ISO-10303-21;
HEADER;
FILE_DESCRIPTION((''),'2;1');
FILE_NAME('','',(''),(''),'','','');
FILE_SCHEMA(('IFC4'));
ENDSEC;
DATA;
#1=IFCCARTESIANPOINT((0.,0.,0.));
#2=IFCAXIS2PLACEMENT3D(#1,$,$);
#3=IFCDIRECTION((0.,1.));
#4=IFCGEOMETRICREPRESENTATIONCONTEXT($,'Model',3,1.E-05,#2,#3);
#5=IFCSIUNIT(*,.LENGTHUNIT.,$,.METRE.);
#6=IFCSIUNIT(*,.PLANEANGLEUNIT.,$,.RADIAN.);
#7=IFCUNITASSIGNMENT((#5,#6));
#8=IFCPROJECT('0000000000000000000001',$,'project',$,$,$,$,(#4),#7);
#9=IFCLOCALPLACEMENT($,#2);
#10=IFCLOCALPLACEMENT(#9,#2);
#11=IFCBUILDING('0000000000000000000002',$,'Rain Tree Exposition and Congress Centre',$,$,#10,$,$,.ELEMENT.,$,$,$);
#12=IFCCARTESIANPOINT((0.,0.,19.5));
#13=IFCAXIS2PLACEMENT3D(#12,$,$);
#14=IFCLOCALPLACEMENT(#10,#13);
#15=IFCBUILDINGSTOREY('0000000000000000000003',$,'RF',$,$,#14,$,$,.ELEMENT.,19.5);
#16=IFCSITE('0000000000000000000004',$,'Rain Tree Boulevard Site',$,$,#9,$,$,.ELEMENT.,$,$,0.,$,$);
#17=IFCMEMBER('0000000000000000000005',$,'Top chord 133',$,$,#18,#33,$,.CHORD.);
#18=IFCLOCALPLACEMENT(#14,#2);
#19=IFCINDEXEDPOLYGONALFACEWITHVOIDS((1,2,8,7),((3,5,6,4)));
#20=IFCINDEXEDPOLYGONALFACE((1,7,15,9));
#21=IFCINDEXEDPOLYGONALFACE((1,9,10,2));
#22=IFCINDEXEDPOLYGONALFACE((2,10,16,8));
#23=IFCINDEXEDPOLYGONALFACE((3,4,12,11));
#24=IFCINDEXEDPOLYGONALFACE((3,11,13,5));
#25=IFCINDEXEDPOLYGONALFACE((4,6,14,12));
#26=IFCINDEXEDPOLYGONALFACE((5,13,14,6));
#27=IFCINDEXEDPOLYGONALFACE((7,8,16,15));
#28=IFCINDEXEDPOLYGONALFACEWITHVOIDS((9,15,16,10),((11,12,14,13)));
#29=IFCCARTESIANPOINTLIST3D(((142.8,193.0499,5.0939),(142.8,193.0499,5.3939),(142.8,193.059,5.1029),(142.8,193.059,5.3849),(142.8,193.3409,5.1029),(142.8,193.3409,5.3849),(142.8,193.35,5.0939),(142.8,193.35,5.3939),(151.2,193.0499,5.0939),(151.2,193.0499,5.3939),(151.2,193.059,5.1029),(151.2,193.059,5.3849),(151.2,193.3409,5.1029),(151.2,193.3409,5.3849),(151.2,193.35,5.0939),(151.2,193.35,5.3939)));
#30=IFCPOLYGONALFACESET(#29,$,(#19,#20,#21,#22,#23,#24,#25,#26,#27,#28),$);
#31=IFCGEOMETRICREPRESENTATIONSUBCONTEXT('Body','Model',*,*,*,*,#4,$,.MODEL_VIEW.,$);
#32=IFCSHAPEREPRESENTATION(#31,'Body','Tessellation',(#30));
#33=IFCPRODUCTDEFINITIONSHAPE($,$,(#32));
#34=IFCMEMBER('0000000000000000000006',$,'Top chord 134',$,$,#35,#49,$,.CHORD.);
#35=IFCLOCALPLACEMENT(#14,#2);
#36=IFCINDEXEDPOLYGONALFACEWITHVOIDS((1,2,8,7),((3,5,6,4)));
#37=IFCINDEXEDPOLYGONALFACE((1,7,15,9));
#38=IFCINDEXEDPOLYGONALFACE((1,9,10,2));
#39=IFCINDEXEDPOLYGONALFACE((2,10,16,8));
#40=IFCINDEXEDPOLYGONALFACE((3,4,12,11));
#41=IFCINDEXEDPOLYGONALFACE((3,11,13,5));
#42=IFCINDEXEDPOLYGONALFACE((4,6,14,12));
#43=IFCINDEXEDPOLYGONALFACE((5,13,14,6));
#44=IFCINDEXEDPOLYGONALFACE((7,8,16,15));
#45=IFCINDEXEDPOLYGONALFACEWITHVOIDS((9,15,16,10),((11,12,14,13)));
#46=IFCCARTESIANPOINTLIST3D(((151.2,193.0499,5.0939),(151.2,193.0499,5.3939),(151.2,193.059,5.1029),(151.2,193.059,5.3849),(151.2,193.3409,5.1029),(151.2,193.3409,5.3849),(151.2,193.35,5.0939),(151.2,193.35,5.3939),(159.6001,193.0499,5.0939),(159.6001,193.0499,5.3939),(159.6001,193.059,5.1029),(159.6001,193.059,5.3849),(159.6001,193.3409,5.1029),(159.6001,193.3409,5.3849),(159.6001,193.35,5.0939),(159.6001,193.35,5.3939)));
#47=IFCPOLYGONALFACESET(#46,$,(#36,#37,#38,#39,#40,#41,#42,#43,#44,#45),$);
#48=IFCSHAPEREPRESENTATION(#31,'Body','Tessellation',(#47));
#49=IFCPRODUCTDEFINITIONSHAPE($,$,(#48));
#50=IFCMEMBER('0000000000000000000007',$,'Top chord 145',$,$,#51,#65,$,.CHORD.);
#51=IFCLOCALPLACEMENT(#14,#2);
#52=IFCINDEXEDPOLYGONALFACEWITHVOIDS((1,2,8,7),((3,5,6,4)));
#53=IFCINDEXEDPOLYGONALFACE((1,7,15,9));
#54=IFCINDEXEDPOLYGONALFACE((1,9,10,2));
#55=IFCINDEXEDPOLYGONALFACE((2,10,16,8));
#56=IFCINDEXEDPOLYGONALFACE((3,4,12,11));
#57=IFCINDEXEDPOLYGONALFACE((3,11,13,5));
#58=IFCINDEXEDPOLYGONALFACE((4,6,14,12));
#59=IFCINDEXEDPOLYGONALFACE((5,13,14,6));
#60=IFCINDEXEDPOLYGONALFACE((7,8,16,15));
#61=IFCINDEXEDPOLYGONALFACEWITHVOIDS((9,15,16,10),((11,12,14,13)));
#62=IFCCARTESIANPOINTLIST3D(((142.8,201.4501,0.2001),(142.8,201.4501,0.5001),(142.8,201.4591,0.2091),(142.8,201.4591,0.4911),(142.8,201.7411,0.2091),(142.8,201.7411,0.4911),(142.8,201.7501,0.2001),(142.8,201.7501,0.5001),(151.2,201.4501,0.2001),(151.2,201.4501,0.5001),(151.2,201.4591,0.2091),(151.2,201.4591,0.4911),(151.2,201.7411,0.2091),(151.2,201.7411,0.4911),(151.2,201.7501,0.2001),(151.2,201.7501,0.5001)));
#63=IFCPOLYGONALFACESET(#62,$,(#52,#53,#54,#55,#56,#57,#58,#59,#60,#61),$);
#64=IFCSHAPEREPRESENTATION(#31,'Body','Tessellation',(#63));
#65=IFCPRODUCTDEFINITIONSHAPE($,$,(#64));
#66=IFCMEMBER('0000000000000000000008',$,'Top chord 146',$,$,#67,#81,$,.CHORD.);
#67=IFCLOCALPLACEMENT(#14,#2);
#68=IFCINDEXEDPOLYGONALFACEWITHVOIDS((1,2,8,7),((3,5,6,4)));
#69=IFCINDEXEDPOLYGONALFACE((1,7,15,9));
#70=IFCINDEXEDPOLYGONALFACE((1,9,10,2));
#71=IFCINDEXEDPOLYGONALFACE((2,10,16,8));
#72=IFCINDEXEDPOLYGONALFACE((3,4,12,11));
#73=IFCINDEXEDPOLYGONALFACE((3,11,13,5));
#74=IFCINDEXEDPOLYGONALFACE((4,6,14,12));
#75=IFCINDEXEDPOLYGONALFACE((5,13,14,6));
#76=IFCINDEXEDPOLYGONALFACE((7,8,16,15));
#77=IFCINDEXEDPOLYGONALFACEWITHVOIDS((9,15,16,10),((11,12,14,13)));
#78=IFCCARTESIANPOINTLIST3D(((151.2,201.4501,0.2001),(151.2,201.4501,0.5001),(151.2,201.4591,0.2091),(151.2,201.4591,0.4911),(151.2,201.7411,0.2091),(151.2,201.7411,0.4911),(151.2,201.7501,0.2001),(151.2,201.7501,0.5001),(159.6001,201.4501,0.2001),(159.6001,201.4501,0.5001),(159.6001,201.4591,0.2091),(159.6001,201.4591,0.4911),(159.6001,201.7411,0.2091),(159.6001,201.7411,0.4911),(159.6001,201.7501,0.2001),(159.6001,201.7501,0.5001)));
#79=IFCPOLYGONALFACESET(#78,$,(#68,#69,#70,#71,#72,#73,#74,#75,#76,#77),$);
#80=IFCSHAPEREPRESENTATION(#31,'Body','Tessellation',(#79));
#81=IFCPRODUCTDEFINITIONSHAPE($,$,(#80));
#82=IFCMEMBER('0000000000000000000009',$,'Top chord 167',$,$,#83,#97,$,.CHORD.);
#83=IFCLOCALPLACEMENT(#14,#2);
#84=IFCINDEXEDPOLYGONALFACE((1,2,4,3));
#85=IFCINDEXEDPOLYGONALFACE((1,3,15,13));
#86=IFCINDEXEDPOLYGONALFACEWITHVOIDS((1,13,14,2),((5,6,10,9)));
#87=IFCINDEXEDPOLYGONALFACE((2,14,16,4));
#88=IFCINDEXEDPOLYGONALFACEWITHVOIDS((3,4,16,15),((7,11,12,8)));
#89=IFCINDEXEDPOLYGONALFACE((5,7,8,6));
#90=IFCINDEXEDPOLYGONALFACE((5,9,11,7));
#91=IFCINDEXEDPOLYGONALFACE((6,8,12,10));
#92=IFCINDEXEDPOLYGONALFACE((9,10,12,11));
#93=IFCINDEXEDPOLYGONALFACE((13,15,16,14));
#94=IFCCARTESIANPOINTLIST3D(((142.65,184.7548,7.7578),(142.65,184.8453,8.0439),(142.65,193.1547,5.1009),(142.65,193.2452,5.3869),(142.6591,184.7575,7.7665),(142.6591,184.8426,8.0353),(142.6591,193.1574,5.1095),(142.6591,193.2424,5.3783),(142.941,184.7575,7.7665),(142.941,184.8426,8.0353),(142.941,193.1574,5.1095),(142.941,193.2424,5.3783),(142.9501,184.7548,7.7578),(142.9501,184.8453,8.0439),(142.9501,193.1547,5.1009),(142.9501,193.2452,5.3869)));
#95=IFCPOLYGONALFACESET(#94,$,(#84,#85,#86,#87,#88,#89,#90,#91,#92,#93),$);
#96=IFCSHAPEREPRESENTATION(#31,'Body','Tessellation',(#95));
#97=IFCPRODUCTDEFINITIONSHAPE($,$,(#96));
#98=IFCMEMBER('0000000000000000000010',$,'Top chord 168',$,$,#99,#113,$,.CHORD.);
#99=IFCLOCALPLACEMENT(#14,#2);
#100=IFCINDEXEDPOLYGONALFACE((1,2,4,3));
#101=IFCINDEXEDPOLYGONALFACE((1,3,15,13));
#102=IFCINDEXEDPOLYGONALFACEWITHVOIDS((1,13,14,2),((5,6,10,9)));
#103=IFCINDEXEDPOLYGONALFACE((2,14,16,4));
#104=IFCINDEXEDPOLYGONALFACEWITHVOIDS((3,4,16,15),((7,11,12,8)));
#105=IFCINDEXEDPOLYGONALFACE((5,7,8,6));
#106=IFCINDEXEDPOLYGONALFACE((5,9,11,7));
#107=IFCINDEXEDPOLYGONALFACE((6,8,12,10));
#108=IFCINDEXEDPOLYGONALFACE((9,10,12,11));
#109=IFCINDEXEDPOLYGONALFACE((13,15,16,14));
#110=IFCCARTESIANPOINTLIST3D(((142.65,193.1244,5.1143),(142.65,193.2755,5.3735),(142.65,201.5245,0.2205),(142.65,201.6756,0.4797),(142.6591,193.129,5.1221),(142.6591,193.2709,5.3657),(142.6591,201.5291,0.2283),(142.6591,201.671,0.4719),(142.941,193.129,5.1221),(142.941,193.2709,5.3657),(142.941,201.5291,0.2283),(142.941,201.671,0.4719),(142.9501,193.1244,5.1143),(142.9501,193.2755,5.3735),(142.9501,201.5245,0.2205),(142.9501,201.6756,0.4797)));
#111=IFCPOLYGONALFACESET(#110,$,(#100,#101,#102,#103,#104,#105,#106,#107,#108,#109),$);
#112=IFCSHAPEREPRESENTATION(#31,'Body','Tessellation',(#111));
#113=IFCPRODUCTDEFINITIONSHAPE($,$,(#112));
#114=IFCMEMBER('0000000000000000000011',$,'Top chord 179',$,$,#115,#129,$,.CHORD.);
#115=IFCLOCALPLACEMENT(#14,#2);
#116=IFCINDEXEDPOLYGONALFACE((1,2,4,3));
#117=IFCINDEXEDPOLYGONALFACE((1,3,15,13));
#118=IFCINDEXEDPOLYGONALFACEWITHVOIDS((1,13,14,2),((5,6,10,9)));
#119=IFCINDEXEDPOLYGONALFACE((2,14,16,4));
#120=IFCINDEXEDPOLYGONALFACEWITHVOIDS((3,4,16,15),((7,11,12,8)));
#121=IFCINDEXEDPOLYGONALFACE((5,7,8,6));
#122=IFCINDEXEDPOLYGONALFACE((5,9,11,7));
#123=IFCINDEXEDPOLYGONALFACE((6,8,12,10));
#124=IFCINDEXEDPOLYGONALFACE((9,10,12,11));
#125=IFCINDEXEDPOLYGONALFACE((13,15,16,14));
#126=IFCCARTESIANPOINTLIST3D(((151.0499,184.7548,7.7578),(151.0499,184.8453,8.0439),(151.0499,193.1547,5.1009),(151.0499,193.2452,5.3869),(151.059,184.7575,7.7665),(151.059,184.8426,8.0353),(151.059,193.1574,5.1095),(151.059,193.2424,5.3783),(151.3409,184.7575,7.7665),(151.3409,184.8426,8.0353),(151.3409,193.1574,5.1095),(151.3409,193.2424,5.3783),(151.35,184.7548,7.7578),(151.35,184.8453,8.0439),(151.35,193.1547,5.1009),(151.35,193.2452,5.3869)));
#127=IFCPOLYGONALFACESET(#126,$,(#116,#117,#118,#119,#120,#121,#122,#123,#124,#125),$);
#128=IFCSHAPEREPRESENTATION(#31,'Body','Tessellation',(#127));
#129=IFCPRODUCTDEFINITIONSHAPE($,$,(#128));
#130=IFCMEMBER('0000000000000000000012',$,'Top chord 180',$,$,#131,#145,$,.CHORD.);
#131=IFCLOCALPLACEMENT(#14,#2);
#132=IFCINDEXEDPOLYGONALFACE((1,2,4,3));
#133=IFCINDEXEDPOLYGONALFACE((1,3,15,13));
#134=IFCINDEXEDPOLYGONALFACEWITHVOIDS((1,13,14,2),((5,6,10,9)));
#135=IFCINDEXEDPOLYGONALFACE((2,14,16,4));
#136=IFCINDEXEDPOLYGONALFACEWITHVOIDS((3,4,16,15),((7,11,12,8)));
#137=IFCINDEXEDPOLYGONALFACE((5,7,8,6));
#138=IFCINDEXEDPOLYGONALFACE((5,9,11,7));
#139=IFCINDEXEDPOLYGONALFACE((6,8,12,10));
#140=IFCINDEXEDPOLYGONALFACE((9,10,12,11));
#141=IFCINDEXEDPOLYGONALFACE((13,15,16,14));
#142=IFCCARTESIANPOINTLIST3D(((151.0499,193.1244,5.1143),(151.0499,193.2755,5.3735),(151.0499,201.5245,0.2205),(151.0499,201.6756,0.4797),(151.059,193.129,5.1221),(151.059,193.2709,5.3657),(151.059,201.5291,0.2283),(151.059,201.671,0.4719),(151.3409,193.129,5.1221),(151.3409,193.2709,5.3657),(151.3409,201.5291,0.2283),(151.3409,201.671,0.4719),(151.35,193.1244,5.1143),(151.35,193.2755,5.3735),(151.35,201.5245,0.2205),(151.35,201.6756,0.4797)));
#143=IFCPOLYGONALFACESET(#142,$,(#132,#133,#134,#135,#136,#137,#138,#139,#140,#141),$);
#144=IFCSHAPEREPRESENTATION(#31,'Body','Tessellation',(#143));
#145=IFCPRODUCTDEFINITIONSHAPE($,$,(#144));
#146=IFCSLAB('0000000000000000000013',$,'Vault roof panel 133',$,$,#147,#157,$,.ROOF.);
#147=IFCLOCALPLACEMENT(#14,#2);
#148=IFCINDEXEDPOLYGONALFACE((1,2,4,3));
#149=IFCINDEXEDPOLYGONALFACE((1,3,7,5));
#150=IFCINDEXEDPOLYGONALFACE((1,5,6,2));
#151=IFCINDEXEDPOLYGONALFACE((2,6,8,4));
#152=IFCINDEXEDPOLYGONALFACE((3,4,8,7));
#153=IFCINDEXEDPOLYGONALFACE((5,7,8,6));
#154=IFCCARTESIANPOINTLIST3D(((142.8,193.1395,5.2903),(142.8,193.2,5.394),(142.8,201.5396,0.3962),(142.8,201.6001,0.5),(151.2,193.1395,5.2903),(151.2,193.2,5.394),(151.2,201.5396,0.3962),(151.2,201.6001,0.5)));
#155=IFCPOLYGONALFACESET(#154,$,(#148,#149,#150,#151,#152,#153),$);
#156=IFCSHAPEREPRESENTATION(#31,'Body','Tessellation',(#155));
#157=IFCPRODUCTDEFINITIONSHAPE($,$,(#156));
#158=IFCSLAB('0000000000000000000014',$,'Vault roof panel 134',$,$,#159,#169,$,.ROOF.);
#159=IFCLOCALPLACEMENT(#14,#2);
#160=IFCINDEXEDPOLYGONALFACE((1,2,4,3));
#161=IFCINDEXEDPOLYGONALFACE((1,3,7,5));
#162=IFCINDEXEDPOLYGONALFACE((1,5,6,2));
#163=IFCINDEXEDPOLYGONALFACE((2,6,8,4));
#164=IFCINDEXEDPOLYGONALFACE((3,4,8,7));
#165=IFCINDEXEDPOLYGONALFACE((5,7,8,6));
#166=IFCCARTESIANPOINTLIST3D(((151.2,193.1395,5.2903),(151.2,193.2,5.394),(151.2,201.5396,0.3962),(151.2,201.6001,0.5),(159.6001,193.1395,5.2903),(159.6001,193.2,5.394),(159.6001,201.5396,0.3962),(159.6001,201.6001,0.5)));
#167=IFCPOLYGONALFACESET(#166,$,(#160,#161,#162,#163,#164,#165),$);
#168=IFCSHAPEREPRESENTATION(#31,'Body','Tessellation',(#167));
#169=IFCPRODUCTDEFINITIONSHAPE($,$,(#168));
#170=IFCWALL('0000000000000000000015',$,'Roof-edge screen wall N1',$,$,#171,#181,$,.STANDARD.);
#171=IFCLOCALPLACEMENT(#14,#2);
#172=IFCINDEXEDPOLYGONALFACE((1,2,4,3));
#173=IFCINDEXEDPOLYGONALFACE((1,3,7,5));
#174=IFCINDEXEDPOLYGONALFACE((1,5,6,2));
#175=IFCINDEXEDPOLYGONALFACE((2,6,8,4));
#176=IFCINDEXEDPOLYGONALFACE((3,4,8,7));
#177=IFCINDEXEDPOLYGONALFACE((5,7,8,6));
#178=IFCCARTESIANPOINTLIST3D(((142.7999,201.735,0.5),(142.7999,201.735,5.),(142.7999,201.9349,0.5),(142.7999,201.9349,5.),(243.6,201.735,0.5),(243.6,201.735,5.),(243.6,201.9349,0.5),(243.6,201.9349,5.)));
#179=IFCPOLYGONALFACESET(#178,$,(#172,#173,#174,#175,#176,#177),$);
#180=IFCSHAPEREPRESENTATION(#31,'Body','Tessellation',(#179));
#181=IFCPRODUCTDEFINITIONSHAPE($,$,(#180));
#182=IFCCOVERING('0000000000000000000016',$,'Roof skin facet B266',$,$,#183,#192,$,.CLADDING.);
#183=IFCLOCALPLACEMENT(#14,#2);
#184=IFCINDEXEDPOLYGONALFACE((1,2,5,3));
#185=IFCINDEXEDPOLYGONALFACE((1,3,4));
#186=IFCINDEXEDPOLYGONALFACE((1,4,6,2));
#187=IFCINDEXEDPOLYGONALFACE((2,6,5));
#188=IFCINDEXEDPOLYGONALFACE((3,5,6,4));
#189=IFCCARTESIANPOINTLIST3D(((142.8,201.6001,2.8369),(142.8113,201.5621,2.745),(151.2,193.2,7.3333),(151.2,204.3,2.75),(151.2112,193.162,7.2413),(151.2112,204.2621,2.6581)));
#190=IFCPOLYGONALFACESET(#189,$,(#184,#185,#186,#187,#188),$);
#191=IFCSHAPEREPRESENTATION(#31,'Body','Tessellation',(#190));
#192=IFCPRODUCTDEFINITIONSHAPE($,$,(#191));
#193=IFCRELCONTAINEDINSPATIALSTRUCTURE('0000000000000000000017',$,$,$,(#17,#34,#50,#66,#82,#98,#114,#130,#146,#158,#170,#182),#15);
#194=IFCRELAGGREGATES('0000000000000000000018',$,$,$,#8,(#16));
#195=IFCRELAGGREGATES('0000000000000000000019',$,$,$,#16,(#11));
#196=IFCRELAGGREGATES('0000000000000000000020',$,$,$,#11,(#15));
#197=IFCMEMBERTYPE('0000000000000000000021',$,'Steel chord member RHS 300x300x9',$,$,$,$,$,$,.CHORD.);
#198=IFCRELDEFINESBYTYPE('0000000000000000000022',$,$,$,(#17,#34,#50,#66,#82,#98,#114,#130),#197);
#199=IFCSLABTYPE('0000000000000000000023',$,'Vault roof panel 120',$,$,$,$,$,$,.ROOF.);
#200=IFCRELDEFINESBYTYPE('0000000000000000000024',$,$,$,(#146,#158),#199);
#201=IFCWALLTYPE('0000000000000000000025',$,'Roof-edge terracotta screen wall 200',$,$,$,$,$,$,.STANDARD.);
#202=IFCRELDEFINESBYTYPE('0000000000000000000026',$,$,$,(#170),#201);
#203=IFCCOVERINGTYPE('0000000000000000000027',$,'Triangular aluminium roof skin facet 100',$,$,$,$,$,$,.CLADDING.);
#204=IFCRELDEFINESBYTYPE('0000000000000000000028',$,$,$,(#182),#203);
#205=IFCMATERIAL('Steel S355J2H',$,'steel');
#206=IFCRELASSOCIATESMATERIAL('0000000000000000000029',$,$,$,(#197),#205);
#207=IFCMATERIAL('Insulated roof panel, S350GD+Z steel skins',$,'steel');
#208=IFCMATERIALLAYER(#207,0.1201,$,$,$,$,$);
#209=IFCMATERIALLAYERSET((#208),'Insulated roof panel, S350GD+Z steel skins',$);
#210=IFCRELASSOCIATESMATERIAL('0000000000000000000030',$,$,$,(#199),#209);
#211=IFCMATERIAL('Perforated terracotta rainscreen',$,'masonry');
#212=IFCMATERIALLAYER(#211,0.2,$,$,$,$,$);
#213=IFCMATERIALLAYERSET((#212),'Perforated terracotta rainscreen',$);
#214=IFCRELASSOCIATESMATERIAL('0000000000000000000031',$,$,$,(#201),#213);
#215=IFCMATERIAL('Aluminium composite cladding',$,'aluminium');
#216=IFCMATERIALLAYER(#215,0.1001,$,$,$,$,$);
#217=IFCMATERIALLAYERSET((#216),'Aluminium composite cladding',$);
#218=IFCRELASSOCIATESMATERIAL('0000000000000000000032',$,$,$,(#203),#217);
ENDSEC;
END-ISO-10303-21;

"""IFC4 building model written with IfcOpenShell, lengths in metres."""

from ifc_helpers import new_model, si_unit, direction, frame, frame_2d, origin, origin_2d, place, context, subcontext, project, spatial, polyline, rectangle, hollow_rectangle, outline, extrude, material, layer, layer_set, material_profile, profile_set, type_object, element, save


model = new_model("IFC4")

# Units and contexts
model_context = context("Model", 3, precision=1e-05, world=origin(), true_north=direction((0.0, 1.0)))
body_context = subcontext(model_context, "Body", "Model", "MODEL_VIEW")
ifc_project = project(units=[si_unit("LENGTHUNIT", "METRE"), si_unit("PLANEANGLEUNIT", "RADIAN")], contexts=[model_context])

# Site, building, storey
site_placement = place(None, origin())
site = spatial("IfcSite", under=ifc_project, at=site_placement, Name="Rain Tree Boulevard Site", CompositionType="ELEMENT", RefElevation=0.0)
building_placement = place(site_placement, origin())
building = spatial("IfcBuilding", under=site, at=building_placement, Name="Rain Tree Exposition and Congress Centre", CompositionType="ELEMENT")
storey_placement = place(building_placement, frame((0.0, 0.0, 19.5)))
storey = spatial("IfcBuildingStorey", under=building, at=storey_placement, Name="RF", CompositionType="ELEMENT", Elevation=19.5)

# Members
ifc_material_1 = material(Name="Steel S355J2H", Category="steel")
ifc_material_profile_1 = material_profile(ifc_material_1, hollow_rectangle(XDim=0.3, YDim=0.3, WallThickness=0.009, at=origin_2d()), Name="RHS 300x300x9")
ifc_profile_set_1 = profile_set([ifc_material_profile_1], Name="Steel S355J2H")
member_type_1 = type_object("IfcMemberType", Name="Steel chord member RHS 300x300x9", PredefinedType="CHORD", material=ifc_profile_set_1)
member_1_placement = place(storey_placement, frame((142.8, 193.2, 5.2439), z_axis=(1.0, 0.0, 0.0), x_axis=(0.0, 1.0, 0.0)))
element("IfcMember", 1, at=member_1_placement, inside=storey, type_object=member_type_1, Name="Top chord 133", PredefinedType="CHORD", context=body_context, shape_type="SweptSolid", body=[
    extrude(hollow_rectangle(XDim=0.3, YDim=0.3, WallThickness=0.009, at=origin_2d()), origin(), (0.0, 0.0, 1.0), 8.3999),
])
member_2_placement = place(storey_placement, frame((151.2, 193.2, 5.2439), z_axis=(1.0, 0.0, 0.0), x_axis=(0.0, 1.0, 0.0)))
element("IfcMember", 2, at=member_2_placement, inside=storey, type_object=member_type_1, Name="Top chord 134", PredefinedType="CHORD", context=body_context, shape_type="SweptSolid", body=[
    extrude(hollow_rectangle(XDim=0.3, YDim=0.3, WallThickness=0.009, at=origin_2d()), origin(), (0.0, 0.0, 1.0), 8.4001),
])
member_3_placement = place(storey_placement, frame((142.8, 201.6001, 0.3501), z_axis=(1.0, 0.0, 0.0), x_axis=(0.0, 1.0, 0.0)))
element("IfcMember", 3, at=member_3_placement, inside=storey, type_object=member_type_1, Name="Top chord 145", PredefinedType="CHORD", context=body_context, shape_type="SweptSolid", body=[
    extrude(hollow_rectangle(XDim=0.3, YDim=0.3, WallThickness=0.009, at=origin_2d()), origin(), (0.0, 0.0, 1.0), 8.3999),
])
member_4_placement = place(storey_placement, frame((151.2, 201.6001, 0.3501), z_axis=(1.0, 0.0, 0.0), x_axis=(0.0, 1.0, 0.0)))
element("IfcMember", 4, at=member_4_placement, inside=storey, type_object=member_type_1, Name="Top chord 146", PredefinedType="CHORD", context=body_context, shape_type="SweptSolid", body=[
    extrude(hollow_rectangle(XDim=0.3, YDim=0.3, WallThickness=0.009, at=origin_2d()), origin(), (0.0, 0.0, 1.0), 8.4001),
])
member_5_placement = place(storey_placement, frame((142.8, 184.8, 7.9009), z_axis=(0.0, 0.95344, -0.301584), x_axis=(-1.0, 0.0, 0.0)))
element("IfcMember", 5, at=member_5_placement, inside=storey, type_object=member_type_1, Name="Top chord 167", PredefinedType="CHORD", context=body_context, shape_type="SweptSolid", body=[
    extrude(hollow_rectangle(XDim=0.3, YDim=0.3, WallThickness=0.009, at=origin_2d()), origin(), (0.0, 0.0, 1.0), 8.8101),
])
member_6_placement = place(storey_placement, frame((142.8, 193.2, 5.2439), z_axis=(0.0, 0.86406, -0.503388), x_axis=(-1.0, 0.0, 0.0)))
element("IfcMember", 6, at=member_6_placement, inside=storey, type_object=member_type_1, Name="Top chord 168", PredefinedType="CHORD", context=body_context, shape_type="SweptSolid", body=[
    extrude(hollow_rectangle(XDim=0.3, YDim=0.3, WallThickness=0.009, at=origin_2d()), origin(), (0.0, 0.0, 1.0), 9.7217),
])
member_7_placement = place(storey_placement, frame((151.2, 184.8, 7.9009), z_axis=(0.0, 0.95344, -0.301584), x_axis=(-1.0, 0.0, 0.0)))
element("IfcMember", 7, at=member_7_placement, inside=storey, type_object=member_type_1, Name="Top chord 179", PredefinedType="CHORD", context=body_context, shape_type="SweptSolid", body=[
    extrude(hollow_rectangle(XDim=0.3, YDim=0.3, WallThickness=0.009, at=origin_2d()), origin(), (0.0, 0.0, 1.0), 8.8101),
])
member_8_placement = place(storey_placement, frame((151.2, 193.2, 5.2439), z_axis=(0.0, 0.86406, -0.503388), x_axis=(-1.0, 0.0, 0.0)))
element("IfcMember", 8, at=member_8_placement, inside=storey, type_object=member_type_1, Name="Top chord 180", PredefinedType="CHORD", context=body_context, shape_type="SweptSolid", body=[
    extrude(hollow_rectangle(XDim=0.3, YDim=0.3, WallThickness=0.009, at=origin_2d()), origin(), (0.0, 0.0, 1.0), 9.7217),
])

# Slabs
ifc_material_2 = material(Name="Insulated roof panel, S350GD+Z steel skins", Category="steel")
ifc_layer_1 = layer(ifc_material_2, 0.1201)
ifc_layer_set_1 = layer_set([ifc_layer_1], Name="Insulated roof panel, S350GD+Z steel skins")
slab_type = type_object("IfcSlabType", Name="Vault roof panel 120", PredefinedType="ROOF", material=ifc_layer_set_1)
slab_1_placement = place(storey_placement, frame((142.8, 193.2, 5.394), z_axis=(0.0, 0.503407, 0.864049), x_axis=(1.0, 0.0, 0.0)))
element("IfcSlab", 9, at=slab_1_placement, inside=storey, type_object=slab_type, Name="Vault roof panel 133", PredefinedType="ROOF", context=body_context, shape_type="SweptSolid", body=[
    extrude(outline(polyline([(0.0, 0.0), (8.3999, 0.0), (8.3999, 9.7218), (0.0, 9.7218), (0.0, 0.0)])), origin(), (0.0, 0.0, -1.0), 0.1201),
])
slab_2_placement = place(storey_placement, frame((151.2, 193.2, 5.394), z_axis=(0.0, 0.503407, 0.864049), x_axis=(1.0, 0.0, 0.0)))
element("IfcSlab", 10, at=slab_2_placement, inside=storey, type_object=slab_type, Name="Vault roof panel 134", PredefinedType="ROOF", context=body_context, shape_type="SweptSolid", body=[
    extrude(outline(polyline([(0.0, 0.0), (8.4001, 0.0), (8.4001, 9.7218), (0.0, 9.7218), (0.0, 0.0)])), origin(), (0.0, 0.0, -1.0), 0.1201),
])

# Wall
ifc_material_3 = material(Name="Perforated terracotta rainscreen", Category="masonry")
ifc_layer_2 = layer(ifc_material_3, 0.2)
ifc_layer_set_2 = layer_set([ifc_layer_2], Name="Perforated terracotta rainscreen")
wall_type = type_object("IfcWallType", Name="Roof-edge terracotta screen wall 200", PredefinedType="STANDARD", material=ifc_layer_set_2)
wall_placement = place(storey_placement, frame((142.8, 201.835, 0.5), z_axis=(0.0, 0.0, 1.0), x_axis=(1.0, 0.0, 0.0)))
element("IfcWall", 11, at=wall_placement, inside=storey, type_object=wall_type, Name="Roof-edge screen wall N1", PredefinedType="STANDARD", context=body_context, shape_type="SweptSolid", body=[
    extrude(rectangle(XDim=100.8, YDim=0.2, at=frame_2d((50.3999, 0.0))), origin(), (0.0, 0.0, 1.0), 4.5),
])

# Covering
ifc_material_4 = material(Name="Aluminium composite cladding", Category="aluminium")
ifc_layer_3 = layer(ifc_material_4, 0.1001)
ifc_layer_set_3 = layer_set([ifc_layer_3], Name="Aluminium composite cladding")
covering_type = type_object("IfcCoveringType", Name="Triangular aluminium roof skin facet 100", PredefinedType="CLADDING", material=ifc_layer_set_3)
covering_1_placement = place(storey_placement, frame((151.2, 193.2, 7.3333), z_axis=(-0.112391, 0.37923, 0.918451), x_axis=(0.0, 0.924308, -0.381648)))
element("IfcCovering", 12, at=covering_1_placement, inside=storey, type_object=covering_type, Name="Roof skin facet B266", PredefinedType="CLADDING", context=body_context, shape_type="SweptSolid", body=[
    extrude(outline(polyline([(0.0, 0.0), (12.0091, 0.0), (9.4803, 8.4535), (0.0, 0.0)])), origin(), (0.0, 0.0, -1.0), 0.1001),
])

save(model, "model.ifc")
